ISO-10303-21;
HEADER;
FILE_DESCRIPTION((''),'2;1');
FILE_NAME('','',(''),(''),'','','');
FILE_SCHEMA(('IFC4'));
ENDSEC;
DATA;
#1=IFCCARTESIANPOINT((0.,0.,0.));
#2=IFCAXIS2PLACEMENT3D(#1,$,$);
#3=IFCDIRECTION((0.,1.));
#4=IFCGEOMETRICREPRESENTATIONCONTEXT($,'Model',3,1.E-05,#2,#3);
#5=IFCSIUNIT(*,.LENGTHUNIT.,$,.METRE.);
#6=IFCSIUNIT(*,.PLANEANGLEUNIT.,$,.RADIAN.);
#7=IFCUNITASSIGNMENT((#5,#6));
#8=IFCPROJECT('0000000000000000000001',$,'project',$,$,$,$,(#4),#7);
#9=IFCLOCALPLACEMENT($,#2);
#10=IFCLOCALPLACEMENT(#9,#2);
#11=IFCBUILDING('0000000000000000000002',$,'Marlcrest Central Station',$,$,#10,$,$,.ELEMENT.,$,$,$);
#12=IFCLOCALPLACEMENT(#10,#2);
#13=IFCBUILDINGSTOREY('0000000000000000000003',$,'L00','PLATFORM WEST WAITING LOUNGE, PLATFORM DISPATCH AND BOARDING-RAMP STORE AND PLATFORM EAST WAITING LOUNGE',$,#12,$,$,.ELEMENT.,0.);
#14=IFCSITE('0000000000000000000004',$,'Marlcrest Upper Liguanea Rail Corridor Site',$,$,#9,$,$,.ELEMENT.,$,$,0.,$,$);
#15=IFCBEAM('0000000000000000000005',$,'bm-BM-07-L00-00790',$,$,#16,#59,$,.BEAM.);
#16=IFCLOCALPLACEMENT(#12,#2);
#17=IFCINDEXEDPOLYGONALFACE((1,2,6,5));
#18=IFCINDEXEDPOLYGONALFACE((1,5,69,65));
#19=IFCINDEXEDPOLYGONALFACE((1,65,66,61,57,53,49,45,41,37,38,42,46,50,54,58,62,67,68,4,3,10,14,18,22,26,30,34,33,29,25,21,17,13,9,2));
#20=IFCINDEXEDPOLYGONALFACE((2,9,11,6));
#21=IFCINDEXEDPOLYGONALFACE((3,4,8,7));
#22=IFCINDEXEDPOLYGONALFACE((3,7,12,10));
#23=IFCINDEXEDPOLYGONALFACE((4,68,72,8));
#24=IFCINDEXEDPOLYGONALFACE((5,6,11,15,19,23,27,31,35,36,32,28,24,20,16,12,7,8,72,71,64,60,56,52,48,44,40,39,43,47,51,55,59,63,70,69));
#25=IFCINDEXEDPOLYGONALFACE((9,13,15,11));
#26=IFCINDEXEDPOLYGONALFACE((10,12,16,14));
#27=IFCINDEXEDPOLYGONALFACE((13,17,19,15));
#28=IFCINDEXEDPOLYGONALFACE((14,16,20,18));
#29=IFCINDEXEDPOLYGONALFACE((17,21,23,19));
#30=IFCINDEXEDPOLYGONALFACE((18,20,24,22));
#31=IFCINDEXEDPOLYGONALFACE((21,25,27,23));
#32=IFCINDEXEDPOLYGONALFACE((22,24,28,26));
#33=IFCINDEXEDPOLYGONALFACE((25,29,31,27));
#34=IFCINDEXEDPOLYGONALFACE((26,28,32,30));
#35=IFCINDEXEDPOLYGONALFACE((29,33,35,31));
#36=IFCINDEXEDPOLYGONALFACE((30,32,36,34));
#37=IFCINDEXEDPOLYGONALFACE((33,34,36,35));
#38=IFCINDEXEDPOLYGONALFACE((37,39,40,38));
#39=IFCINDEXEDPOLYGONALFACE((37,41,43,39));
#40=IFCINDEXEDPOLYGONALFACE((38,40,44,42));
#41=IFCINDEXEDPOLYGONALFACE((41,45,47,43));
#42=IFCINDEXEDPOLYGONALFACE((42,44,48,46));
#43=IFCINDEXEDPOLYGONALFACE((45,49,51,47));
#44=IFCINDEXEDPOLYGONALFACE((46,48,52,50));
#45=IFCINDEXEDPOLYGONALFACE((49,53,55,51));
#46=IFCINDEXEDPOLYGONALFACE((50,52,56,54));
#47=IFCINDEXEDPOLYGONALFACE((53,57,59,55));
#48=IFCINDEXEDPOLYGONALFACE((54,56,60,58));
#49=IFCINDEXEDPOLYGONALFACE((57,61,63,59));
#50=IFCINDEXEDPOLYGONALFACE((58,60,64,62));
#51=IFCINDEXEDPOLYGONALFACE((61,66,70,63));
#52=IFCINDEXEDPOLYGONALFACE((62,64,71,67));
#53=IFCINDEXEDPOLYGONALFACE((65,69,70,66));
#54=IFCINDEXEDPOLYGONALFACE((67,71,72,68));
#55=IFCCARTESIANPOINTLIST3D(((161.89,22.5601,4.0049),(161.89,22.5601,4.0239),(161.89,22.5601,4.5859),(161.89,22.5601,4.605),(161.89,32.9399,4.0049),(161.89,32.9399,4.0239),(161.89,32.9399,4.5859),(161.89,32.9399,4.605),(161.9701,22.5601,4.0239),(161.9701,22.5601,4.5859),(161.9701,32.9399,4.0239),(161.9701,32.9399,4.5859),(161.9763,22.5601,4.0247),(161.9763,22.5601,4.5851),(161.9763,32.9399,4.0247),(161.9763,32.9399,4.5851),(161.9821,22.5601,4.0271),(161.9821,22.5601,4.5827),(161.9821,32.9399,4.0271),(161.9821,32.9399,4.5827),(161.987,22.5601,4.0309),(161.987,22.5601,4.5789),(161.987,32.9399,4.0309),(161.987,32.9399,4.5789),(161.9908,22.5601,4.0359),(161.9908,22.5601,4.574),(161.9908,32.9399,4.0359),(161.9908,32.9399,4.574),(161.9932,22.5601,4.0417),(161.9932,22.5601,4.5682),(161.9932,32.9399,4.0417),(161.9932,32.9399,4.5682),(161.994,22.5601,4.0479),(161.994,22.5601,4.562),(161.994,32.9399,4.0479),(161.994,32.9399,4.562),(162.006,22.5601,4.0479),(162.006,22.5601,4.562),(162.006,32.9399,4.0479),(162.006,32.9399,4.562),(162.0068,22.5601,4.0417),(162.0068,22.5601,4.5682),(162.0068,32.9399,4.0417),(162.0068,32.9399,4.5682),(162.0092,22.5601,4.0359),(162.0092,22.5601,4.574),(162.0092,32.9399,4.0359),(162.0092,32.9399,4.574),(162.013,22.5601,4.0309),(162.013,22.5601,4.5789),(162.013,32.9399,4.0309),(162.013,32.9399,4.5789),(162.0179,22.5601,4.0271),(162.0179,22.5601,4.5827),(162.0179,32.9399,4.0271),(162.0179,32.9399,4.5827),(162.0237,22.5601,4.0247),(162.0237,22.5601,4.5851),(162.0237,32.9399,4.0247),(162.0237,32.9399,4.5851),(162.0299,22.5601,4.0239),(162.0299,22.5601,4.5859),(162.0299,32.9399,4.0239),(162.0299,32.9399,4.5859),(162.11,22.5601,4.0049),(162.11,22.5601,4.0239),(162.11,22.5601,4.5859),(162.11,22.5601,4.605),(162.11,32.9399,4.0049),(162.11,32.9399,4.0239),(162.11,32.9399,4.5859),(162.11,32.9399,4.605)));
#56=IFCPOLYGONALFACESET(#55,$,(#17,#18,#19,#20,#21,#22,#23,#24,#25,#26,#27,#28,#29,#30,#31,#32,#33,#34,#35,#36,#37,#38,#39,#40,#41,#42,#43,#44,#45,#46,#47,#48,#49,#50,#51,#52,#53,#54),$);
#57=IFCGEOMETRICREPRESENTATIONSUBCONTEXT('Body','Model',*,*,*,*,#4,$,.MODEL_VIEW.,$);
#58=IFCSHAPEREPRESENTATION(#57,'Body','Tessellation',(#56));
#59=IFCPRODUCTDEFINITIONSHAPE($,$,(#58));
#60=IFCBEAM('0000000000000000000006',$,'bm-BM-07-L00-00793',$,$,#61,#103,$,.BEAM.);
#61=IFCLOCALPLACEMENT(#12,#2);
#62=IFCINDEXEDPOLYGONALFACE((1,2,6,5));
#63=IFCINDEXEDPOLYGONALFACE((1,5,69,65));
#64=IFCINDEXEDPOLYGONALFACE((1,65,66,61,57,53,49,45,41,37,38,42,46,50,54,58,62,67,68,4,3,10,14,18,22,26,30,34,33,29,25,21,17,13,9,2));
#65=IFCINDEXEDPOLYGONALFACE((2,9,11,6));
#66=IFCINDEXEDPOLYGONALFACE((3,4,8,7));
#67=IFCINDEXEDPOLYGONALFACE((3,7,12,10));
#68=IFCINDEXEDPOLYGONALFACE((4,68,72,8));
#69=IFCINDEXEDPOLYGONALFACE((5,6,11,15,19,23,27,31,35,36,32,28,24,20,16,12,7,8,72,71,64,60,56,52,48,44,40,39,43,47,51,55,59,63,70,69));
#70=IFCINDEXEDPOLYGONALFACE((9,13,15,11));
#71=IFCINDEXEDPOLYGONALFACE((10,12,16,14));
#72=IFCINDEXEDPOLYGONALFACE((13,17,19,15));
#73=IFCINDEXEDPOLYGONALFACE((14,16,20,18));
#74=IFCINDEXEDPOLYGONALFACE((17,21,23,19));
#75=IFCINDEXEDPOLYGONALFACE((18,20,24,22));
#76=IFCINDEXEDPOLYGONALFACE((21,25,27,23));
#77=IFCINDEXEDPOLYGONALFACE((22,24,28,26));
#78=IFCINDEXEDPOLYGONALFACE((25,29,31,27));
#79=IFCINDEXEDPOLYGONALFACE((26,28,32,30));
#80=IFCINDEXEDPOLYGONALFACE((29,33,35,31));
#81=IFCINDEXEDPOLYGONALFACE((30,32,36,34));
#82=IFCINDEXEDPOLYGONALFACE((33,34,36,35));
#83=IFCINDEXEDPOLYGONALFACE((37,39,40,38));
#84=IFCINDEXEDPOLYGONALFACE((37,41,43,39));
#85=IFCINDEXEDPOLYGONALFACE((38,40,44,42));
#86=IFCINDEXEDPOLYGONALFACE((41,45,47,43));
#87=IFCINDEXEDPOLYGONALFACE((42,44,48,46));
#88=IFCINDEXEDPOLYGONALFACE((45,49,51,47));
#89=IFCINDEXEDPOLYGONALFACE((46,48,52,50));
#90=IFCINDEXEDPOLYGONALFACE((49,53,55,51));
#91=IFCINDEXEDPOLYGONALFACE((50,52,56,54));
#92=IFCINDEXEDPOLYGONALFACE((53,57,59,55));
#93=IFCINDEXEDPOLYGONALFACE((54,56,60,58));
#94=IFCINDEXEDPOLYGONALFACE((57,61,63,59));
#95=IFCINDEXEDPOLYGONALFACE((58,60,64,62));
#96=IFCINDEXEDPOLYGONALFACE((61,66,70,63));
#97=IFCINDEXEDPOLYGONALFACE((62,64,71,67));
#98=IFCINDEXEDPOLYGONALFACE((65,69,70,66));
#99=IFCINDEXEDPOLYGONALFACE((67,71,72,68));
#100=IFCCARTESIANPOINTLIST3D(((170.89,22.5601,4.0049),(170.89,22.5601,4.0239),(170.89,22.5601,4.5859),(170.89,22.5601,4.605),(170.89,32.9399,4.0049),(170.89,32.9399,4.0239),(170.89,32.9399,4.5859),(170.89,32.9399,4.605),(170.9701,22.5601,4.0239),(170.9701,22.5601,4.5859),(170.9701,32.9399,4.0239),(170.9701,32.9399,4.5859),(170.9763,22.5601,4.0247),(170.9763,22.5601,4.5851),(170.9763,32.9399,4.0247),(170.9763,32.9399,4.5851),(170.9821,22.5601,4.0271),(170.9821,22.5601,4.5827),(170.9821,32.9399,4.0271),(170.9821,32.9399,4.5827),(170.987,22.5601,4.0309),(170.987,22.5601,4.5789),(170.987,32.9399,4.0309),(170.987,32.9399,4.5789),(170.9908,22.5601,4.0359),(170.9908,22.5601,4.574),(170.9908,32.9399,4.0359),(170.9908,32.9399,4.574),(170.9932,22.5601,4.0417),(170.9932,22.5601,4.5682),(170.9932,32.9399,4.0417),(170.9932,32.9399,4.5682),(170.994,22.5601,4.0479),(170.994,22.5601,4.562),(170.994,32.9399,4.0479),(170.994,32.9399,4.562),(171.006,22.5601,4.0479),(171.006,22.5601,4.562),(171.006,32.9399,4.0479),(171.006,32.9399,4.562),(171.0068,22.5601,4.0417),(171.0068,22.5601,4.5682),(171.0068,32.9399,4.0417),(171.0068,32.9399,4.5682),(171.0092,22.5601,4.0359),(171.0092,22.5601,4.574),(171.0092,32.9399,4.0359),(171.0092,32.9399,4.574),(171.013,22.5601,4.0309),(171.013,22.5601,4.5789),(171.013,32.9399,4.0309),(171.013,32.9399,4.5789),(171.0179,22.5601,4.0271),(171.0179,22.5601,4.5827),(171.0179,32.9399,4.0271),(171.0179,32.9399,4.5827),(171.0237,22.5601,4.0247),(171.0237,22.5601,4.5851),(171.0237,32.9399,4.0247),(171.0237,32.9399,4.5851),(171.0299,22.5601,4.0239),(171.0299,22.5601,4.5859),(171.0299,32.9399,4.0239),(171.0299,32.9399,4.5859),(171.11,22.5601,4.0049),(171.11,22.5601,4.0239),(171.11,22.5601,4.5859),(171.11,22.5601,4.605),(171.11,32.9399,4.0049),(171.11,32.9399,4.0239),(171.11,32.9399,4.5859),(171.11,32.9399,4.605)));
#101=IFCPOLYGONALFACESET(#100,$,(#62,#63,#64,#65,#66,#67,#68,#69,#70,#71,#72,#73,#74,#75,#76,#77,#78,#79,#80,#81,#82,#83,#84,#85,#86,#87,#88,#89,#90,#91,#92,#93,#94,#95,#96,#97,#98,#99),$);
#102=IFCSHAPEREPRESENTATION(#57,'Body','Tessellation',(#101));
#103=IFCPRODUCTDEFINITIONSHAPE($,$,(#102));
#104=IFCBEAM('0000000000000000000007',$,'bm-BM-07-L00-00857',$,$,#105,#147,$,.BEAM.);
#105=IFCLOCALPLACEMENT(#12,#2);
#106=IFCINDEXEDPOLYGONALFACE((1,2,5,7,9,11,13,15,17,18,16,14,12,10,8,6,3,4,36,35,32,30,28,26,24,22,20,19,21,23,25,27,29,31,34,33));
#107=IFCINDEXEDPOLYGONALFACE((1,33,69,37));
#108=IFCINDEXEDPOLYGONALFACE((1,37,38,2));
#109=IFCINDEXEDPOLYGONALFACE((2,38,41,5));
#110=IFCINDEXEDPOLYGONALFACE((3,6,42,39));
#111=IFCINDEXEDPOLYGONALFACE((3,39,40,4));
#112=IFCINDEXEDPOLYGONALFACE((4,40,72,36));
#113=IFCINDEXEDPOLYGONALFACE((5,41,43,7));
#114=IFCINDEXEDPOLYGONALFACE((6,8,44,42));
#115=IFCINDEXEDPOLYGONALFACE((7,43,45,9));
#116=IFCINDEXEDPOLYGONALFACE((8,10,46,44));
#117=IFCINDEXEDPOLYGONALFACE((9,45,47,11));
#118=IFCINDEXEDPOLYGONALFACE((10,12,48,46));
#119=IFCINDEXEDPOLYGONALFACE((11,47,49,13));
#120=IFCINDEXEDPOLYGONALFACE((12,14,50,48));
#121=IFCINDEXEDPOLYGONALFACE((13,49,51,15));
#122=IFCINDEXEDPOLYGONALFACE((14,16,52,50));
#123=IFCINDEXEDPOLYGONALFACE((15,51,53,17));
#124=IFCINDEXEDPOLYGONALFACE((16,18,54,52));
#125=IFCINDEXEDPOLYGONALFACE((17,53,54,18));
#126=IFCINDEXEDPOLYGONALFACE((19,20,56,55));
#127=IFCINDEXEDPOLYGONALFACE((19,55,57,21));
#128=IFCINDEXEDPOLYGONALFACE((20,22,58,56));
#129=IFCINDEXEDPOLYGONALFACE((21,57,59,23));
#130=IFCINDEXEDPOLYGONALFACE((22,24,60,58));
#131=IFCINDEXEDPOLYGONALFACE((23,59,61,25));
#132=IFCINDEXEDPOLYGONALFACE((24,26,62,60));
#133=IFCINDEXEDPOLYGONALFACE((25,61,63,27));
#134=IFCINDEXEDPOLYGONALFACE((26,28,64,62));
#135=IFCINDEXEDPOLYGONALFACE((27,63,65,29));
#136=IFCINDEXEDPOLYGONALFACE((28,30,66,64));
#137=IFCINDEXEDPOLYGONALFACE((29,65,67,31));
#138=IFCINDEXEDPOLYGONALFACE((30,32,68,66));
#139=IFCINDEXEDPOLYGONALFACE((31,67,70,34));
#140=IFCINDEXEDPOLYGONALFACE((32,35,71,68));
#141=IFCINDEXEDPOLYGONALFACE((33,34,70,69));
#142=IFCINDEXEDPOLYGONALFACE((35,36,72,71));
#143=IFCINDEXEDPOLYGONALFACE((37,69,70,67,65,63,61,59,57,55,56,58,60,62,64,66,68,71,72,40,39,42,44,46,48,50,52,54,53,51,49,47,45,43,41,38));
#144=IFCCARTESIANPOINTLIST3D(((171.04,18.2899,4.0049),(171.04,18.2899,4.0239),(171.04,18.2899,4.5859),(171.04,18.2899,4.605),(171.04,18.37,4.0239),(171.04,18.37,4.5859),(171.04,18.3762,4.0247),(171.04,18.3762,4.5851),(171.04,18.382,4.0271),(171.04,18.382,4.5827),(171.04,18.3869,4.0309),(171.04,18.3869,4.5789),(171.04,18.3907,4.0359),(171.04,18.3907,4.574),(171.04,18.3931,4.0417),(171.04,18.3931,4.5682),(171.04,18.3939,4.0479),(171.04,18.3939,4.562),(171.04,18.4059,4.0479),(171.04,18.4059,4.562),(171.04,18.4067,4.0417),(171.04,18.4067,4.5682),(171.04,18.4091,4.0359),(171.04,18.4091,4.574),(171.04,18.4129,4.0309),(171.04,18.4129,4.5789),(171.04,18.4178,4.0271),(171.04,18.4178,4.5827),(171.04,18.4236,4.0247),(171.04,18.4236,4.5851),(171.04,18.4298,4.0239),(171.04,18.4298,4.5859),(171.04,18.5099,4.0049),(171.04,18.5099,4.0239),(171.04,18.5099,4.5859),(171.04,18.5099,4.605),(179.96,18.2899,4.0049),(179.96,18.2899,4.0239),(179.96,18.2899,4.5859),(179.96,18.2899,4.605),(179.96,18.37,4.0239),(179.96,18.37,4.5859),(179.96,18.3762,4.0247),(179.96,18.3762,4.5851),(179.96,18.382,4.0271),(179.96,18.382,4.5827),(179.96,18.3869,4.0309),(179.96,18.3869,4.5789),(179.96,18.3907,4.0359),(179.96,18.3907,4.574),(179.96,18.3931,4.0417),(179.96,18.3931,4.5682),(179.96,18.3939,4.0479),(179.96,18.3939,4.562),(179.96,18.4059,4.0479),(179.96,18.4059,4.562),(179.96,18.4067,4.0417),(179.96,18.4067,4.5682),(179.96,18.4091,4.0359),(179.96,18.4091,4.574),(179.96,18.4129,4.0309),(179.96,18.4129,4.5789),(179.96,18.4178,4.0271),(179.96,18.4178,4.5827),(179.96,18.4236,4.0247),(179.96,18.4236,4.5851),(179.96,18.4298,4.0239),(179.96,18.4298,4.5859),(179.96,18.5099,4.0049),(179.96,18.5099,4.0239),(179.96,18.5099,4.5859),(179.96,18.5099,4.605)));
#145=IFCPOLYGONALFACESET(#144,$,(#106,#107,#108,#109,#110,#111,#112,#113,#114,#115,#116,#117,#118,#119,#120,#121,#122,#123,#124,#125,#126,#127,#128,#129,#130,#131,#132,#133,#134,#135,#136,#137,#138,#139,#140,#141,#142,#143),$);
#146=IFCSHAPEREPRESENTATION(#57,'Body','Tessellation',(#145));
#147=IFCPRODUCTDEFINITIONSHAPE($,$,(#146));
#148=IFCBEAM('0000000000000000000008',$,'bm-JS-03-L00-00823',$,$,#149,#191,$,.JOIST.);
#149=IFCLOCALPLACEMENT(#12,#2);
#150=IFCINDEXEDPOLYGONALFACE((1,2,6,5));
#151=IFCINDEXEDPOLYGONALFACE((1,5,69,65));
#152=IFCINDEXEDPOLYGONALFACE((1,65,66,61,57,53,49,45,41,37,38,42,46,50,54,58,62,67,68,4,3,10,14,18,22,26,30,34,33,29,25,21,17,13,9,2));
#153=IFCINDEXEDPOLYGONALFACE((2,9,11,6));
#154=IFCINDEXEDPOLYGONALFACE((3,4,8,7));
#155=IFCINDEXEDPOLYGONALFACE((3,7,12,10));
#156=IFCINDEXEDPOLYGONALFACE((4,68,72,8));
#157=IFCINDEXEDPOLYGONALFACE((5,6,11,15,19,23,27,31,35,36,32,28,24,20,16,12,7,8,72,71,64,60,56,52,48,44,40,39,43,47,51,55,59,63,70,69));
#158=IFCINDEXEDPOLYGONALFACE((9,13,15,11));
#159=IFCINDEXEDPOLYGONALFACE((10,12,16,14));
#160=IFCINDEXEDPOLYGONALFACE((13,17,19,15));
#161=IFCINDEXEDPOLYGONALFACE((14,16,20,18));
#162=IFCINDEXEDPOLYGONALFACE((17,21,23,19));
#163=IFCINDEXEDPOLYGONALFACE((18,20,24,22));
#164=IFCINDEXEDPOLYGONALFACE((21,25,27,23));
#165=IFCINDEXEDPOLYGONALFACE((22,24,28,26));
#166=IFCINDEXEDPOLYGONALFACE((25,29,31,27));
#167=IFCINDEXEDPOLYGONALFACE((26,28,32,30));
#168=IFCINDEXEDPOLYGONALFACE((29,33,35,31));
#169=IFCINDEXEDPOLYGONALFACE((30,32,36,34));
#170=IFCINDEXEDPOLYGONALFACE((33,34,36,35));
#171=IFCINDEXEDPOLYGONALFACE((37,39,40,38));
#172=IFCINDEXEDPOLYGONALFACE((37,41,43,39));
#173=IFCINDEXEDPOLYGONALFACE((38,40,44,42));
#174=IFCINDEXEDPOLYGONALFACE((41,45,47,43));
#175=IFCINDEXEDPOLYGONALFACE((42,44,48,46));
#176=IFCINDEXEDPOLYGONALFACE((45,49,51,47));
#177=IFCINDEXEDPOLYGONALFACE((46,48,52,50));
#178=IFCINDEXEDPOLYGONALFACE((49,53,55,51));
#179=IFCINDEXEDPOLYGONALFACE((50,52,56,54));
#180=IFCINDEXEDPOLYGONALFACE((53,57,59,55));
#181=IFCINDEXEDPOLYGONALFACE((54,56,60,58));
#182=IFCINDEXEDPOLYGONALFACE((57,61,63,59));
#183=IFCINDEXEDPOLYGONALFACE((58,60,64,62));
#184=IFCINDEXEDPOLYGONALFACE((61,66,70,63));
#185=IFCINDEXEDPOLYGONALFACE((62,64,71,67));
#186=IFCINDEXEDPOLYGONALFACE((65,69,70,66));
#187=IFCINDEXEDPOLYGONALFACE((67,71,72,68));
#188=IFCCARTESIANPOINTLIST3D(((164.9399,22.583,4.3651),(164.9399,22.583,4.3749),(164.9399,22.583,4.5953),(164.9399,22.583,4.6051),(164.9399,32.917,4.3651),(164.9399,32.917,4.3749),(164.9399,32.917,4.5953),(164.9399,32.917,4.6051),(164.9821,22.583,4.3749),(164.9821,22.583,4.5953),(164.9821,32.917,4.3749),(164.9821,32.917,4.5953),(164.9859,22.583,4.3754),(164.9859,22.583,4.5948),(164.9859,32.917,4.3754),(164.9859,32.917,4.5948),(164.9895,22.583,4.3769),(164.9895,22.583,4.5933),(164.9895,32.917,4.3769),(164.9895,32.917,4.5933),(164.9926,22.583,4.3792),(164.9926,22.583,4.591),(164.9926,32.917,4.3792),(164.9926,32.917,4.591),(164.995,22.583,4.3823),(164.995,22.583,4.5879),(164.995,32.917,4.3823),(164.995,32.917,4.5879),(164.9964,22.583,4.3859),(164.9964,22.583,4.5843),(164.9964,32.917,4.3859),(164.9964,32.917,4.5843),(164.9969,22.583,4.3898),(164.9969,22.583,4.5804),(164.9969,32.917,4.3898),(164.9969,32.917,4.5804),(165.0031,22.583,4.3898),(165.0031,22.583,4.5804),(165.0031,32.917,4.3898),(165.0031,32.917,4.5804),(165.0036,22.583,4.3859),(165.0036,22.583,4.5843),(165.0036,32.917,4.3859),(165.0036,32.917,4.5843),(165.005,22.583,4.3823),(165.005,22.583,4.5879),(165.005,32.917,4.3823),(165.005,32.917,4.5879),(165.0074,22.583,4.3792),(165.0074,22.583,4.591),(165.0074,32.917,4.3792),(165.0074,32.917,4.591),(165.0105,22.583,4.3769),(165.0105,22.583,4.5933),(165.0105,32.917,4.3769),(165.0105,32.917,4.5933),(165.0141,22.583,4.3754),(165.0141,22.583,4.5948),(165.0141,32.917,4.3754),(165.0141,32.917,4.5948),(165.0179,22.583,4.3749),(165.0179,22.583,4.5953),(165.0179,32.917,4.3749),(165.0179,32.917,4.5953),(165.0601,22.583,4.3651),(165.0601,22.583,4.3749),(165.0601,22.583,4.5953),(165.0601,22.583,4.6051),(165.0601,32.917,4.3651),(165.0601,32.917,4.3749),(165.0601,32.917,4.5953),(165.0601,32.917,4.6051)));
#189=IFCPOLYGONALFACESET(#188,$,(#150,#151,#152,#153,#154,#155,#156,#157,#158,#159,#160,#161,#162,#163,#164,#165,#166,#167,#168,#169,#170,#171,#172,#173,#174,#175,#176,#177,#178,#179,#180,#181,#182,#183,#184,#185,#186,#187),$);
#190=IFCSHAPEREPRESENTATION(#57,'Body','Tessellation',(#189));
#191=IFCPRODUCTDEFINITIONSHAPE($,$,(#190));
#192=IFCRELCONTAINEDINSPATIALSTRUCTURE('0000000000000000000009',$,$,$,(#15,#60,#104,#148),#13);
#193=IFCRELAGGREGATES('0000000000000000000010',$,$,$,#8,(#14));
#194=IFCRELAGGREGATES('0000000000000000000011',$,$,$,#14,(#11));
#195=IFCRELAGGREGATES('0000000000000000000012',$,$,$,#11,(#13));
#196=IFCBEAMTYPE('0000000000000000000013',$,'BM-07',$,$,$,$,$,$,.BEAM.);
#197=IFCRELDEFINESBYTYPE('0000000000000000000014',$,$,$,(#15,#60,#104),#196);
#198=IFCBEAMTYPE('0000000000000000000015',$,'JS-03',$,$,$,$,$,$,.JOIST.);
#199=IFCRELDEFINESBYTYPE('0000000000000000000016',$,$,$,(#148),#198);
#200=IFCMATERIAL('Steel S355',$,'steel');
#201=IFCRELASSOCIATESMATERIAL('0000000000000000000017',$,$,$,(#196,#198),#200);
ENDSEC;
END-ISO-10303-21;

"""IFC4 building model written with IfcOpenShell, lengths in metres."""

from ifc_helpers import new_model, si_unit, direction, frame, origin, origin_2d, place, context, subcontext, project, spatial, i_section, extrude, material, material_profile, profile_set, type_object, element, save


model = new_model("IFC4")

# Units and contexts
model_context = context("Model", 3, precision=1e-05, world=origin(), true_north=direction((0.0, 1.0)))
body_context = subcontext(model_context, "Body", "Model", "MODEL_VIEW")
ifc_project = project(units=[si_unit("LENGTHUNIT", "METRE"), si_unit("PLANEANGLEUNIT", "RADIAN")], contexts=[model_context])

# Site, building, storey
site_placement = place(None, origin())
site = spatial("IfcSite", under=ifc_project, at=site_placement, Name="Marlcrest Upper Liguanea Rail Corridor Site", CompositionType="ELEMENT", RefElevation=0.0)
building_placement = place(site_placement, origin())
building = spatial("IfcBuilding", under=site, at=building_placement, Name="Marlcrest Central Station", CompositionType="ELEMENT")
storey_placement = place(building_placement, origin())
storey = spatial("IfcBuildingStorey", under=building, at=storey_placement, Name="L00", Description="PLATFORM WEST WAITING LOUNGE, PLATFORM DISPATCH AND BOARDING-RAMP STORE AND PLATFORM EAST WAITING LOUNGE", CompositionType="ELEMENT", Elevation=0.0)

# Beams
ifc_material_1 = material(Name="Steel S355", Category="steel")
ifc_material_profile_1 = material_profile(ifc_material_1, i_section(OverallWidth=0.22, OverallDepth=0.6001, WebThickness=0.012, FlangeThickness=0.019, FilletRadius=0.0239, at=origin_2d()), Name="IPE 600")
ifc_profile_set_1 = profile_set([ifc_material_profile_1], Name="Steel S355")
beam_type_1 = type_object("IfcBeamType", Name="BM-07", PredefinedType="BEAM", material=ifc_profile_set_1)
for number, where, z_axis, x_axis, name in (
    (1, (162.0, 22.5601, 4.3049), (0.0, 1.0, 0.0), (-1.0, 0.0, 0.0), "bm-BM-07-L00-00790"),
    (2, (171.0, 22.5601, 4.3049), (0.0, 1.0, 0.0), (-1.0, 0.0, 0.0), "bm-BM-07-L00-00793"),
):
    element("IfcBeam", number, at=place(storey_placement, frame(where, z_axis=z_axis, x_axis=x_axis)), inside=storey, type_object=beam_type_1, Name=name, PredefinedType="BEAM", context=body_context, shape_type="SweptSolid", body=[
        extrude(i_section(OverallWidth=0.22, OverallDepth=0.6001, WebThickness=0.012, FlangeThickness=0.019, FilletRadius=0.0239, at=origin_2d()), origin(), (0.0, 0.0, 1.0), 10.3799),
    ])
beam_1_placement = place(storey_placement, frame((171.04, 18.3999, 4.3049), z_axis=(1.0, 0.0, 0.0), x_axis=(0.0, 1.0, 0.0)))
element("IfcBeam", 3, at=beam_1_placement, inside=storey, type_object=beam_type_1, Name="bm-BM-07-L00-00857", PredefinedType="BEAM", context=body_context, shape_type="SweptSolid", body=[
    extrude(i_section(OverallWidth=0.22, OverallDepth=0.6001, WebThickness=0.012, FlangeThickness=0.019, FilletRadius=0.0239, at=origin_2d()), origin(), (0.0, 0.0, 1.0), 8.9199),
])
ifc_material_profile_2 = material_profile(ifc_material_1, i_section(OverallWidth=0.1201, OverallDepth=0.24, WebThickness=0.0061, FlangeThickness=0.0098, FilletRadius=0.0149, at=origin_2d()), Name="IPE 240")
ifc_profile_set_2 = profile_set([ifc_material_profile_2], Name="Steel S355")
beam_type_2 = type_object("IfcBeamType", Name="JS-03", PredefinedType="JOIST", material=ifc_profile_set_2)
for number, where, z_axis, x_axis, name in (
    (4, (165.0, 22.583, 4.4851), (0.0, 1.0, 0.0), (-1.0, 0.0, 0.0), "bm-JS-03-L00-00823"),
):
    element("IfcBeam", number, at=place(storey_placement, frame(where, z_axis=z_axis, x_axis=x_axis)), inside=storey, type_object=beam_type_2, Name=name, PredefinedType="JOIST", context=body_context, shape_type="SweptSolid", body=[
        extrude(i_section(OverallWidth=0.1201, OverallDepth=0.24, WebThickness=0.0061, FlangeThickness=0.0098, FilletRadius=0.0149, at=origin_2d()), origin(), (0.0, 0.0, 1.0), 10.334),
    ])

save(model, "model.ifc")
